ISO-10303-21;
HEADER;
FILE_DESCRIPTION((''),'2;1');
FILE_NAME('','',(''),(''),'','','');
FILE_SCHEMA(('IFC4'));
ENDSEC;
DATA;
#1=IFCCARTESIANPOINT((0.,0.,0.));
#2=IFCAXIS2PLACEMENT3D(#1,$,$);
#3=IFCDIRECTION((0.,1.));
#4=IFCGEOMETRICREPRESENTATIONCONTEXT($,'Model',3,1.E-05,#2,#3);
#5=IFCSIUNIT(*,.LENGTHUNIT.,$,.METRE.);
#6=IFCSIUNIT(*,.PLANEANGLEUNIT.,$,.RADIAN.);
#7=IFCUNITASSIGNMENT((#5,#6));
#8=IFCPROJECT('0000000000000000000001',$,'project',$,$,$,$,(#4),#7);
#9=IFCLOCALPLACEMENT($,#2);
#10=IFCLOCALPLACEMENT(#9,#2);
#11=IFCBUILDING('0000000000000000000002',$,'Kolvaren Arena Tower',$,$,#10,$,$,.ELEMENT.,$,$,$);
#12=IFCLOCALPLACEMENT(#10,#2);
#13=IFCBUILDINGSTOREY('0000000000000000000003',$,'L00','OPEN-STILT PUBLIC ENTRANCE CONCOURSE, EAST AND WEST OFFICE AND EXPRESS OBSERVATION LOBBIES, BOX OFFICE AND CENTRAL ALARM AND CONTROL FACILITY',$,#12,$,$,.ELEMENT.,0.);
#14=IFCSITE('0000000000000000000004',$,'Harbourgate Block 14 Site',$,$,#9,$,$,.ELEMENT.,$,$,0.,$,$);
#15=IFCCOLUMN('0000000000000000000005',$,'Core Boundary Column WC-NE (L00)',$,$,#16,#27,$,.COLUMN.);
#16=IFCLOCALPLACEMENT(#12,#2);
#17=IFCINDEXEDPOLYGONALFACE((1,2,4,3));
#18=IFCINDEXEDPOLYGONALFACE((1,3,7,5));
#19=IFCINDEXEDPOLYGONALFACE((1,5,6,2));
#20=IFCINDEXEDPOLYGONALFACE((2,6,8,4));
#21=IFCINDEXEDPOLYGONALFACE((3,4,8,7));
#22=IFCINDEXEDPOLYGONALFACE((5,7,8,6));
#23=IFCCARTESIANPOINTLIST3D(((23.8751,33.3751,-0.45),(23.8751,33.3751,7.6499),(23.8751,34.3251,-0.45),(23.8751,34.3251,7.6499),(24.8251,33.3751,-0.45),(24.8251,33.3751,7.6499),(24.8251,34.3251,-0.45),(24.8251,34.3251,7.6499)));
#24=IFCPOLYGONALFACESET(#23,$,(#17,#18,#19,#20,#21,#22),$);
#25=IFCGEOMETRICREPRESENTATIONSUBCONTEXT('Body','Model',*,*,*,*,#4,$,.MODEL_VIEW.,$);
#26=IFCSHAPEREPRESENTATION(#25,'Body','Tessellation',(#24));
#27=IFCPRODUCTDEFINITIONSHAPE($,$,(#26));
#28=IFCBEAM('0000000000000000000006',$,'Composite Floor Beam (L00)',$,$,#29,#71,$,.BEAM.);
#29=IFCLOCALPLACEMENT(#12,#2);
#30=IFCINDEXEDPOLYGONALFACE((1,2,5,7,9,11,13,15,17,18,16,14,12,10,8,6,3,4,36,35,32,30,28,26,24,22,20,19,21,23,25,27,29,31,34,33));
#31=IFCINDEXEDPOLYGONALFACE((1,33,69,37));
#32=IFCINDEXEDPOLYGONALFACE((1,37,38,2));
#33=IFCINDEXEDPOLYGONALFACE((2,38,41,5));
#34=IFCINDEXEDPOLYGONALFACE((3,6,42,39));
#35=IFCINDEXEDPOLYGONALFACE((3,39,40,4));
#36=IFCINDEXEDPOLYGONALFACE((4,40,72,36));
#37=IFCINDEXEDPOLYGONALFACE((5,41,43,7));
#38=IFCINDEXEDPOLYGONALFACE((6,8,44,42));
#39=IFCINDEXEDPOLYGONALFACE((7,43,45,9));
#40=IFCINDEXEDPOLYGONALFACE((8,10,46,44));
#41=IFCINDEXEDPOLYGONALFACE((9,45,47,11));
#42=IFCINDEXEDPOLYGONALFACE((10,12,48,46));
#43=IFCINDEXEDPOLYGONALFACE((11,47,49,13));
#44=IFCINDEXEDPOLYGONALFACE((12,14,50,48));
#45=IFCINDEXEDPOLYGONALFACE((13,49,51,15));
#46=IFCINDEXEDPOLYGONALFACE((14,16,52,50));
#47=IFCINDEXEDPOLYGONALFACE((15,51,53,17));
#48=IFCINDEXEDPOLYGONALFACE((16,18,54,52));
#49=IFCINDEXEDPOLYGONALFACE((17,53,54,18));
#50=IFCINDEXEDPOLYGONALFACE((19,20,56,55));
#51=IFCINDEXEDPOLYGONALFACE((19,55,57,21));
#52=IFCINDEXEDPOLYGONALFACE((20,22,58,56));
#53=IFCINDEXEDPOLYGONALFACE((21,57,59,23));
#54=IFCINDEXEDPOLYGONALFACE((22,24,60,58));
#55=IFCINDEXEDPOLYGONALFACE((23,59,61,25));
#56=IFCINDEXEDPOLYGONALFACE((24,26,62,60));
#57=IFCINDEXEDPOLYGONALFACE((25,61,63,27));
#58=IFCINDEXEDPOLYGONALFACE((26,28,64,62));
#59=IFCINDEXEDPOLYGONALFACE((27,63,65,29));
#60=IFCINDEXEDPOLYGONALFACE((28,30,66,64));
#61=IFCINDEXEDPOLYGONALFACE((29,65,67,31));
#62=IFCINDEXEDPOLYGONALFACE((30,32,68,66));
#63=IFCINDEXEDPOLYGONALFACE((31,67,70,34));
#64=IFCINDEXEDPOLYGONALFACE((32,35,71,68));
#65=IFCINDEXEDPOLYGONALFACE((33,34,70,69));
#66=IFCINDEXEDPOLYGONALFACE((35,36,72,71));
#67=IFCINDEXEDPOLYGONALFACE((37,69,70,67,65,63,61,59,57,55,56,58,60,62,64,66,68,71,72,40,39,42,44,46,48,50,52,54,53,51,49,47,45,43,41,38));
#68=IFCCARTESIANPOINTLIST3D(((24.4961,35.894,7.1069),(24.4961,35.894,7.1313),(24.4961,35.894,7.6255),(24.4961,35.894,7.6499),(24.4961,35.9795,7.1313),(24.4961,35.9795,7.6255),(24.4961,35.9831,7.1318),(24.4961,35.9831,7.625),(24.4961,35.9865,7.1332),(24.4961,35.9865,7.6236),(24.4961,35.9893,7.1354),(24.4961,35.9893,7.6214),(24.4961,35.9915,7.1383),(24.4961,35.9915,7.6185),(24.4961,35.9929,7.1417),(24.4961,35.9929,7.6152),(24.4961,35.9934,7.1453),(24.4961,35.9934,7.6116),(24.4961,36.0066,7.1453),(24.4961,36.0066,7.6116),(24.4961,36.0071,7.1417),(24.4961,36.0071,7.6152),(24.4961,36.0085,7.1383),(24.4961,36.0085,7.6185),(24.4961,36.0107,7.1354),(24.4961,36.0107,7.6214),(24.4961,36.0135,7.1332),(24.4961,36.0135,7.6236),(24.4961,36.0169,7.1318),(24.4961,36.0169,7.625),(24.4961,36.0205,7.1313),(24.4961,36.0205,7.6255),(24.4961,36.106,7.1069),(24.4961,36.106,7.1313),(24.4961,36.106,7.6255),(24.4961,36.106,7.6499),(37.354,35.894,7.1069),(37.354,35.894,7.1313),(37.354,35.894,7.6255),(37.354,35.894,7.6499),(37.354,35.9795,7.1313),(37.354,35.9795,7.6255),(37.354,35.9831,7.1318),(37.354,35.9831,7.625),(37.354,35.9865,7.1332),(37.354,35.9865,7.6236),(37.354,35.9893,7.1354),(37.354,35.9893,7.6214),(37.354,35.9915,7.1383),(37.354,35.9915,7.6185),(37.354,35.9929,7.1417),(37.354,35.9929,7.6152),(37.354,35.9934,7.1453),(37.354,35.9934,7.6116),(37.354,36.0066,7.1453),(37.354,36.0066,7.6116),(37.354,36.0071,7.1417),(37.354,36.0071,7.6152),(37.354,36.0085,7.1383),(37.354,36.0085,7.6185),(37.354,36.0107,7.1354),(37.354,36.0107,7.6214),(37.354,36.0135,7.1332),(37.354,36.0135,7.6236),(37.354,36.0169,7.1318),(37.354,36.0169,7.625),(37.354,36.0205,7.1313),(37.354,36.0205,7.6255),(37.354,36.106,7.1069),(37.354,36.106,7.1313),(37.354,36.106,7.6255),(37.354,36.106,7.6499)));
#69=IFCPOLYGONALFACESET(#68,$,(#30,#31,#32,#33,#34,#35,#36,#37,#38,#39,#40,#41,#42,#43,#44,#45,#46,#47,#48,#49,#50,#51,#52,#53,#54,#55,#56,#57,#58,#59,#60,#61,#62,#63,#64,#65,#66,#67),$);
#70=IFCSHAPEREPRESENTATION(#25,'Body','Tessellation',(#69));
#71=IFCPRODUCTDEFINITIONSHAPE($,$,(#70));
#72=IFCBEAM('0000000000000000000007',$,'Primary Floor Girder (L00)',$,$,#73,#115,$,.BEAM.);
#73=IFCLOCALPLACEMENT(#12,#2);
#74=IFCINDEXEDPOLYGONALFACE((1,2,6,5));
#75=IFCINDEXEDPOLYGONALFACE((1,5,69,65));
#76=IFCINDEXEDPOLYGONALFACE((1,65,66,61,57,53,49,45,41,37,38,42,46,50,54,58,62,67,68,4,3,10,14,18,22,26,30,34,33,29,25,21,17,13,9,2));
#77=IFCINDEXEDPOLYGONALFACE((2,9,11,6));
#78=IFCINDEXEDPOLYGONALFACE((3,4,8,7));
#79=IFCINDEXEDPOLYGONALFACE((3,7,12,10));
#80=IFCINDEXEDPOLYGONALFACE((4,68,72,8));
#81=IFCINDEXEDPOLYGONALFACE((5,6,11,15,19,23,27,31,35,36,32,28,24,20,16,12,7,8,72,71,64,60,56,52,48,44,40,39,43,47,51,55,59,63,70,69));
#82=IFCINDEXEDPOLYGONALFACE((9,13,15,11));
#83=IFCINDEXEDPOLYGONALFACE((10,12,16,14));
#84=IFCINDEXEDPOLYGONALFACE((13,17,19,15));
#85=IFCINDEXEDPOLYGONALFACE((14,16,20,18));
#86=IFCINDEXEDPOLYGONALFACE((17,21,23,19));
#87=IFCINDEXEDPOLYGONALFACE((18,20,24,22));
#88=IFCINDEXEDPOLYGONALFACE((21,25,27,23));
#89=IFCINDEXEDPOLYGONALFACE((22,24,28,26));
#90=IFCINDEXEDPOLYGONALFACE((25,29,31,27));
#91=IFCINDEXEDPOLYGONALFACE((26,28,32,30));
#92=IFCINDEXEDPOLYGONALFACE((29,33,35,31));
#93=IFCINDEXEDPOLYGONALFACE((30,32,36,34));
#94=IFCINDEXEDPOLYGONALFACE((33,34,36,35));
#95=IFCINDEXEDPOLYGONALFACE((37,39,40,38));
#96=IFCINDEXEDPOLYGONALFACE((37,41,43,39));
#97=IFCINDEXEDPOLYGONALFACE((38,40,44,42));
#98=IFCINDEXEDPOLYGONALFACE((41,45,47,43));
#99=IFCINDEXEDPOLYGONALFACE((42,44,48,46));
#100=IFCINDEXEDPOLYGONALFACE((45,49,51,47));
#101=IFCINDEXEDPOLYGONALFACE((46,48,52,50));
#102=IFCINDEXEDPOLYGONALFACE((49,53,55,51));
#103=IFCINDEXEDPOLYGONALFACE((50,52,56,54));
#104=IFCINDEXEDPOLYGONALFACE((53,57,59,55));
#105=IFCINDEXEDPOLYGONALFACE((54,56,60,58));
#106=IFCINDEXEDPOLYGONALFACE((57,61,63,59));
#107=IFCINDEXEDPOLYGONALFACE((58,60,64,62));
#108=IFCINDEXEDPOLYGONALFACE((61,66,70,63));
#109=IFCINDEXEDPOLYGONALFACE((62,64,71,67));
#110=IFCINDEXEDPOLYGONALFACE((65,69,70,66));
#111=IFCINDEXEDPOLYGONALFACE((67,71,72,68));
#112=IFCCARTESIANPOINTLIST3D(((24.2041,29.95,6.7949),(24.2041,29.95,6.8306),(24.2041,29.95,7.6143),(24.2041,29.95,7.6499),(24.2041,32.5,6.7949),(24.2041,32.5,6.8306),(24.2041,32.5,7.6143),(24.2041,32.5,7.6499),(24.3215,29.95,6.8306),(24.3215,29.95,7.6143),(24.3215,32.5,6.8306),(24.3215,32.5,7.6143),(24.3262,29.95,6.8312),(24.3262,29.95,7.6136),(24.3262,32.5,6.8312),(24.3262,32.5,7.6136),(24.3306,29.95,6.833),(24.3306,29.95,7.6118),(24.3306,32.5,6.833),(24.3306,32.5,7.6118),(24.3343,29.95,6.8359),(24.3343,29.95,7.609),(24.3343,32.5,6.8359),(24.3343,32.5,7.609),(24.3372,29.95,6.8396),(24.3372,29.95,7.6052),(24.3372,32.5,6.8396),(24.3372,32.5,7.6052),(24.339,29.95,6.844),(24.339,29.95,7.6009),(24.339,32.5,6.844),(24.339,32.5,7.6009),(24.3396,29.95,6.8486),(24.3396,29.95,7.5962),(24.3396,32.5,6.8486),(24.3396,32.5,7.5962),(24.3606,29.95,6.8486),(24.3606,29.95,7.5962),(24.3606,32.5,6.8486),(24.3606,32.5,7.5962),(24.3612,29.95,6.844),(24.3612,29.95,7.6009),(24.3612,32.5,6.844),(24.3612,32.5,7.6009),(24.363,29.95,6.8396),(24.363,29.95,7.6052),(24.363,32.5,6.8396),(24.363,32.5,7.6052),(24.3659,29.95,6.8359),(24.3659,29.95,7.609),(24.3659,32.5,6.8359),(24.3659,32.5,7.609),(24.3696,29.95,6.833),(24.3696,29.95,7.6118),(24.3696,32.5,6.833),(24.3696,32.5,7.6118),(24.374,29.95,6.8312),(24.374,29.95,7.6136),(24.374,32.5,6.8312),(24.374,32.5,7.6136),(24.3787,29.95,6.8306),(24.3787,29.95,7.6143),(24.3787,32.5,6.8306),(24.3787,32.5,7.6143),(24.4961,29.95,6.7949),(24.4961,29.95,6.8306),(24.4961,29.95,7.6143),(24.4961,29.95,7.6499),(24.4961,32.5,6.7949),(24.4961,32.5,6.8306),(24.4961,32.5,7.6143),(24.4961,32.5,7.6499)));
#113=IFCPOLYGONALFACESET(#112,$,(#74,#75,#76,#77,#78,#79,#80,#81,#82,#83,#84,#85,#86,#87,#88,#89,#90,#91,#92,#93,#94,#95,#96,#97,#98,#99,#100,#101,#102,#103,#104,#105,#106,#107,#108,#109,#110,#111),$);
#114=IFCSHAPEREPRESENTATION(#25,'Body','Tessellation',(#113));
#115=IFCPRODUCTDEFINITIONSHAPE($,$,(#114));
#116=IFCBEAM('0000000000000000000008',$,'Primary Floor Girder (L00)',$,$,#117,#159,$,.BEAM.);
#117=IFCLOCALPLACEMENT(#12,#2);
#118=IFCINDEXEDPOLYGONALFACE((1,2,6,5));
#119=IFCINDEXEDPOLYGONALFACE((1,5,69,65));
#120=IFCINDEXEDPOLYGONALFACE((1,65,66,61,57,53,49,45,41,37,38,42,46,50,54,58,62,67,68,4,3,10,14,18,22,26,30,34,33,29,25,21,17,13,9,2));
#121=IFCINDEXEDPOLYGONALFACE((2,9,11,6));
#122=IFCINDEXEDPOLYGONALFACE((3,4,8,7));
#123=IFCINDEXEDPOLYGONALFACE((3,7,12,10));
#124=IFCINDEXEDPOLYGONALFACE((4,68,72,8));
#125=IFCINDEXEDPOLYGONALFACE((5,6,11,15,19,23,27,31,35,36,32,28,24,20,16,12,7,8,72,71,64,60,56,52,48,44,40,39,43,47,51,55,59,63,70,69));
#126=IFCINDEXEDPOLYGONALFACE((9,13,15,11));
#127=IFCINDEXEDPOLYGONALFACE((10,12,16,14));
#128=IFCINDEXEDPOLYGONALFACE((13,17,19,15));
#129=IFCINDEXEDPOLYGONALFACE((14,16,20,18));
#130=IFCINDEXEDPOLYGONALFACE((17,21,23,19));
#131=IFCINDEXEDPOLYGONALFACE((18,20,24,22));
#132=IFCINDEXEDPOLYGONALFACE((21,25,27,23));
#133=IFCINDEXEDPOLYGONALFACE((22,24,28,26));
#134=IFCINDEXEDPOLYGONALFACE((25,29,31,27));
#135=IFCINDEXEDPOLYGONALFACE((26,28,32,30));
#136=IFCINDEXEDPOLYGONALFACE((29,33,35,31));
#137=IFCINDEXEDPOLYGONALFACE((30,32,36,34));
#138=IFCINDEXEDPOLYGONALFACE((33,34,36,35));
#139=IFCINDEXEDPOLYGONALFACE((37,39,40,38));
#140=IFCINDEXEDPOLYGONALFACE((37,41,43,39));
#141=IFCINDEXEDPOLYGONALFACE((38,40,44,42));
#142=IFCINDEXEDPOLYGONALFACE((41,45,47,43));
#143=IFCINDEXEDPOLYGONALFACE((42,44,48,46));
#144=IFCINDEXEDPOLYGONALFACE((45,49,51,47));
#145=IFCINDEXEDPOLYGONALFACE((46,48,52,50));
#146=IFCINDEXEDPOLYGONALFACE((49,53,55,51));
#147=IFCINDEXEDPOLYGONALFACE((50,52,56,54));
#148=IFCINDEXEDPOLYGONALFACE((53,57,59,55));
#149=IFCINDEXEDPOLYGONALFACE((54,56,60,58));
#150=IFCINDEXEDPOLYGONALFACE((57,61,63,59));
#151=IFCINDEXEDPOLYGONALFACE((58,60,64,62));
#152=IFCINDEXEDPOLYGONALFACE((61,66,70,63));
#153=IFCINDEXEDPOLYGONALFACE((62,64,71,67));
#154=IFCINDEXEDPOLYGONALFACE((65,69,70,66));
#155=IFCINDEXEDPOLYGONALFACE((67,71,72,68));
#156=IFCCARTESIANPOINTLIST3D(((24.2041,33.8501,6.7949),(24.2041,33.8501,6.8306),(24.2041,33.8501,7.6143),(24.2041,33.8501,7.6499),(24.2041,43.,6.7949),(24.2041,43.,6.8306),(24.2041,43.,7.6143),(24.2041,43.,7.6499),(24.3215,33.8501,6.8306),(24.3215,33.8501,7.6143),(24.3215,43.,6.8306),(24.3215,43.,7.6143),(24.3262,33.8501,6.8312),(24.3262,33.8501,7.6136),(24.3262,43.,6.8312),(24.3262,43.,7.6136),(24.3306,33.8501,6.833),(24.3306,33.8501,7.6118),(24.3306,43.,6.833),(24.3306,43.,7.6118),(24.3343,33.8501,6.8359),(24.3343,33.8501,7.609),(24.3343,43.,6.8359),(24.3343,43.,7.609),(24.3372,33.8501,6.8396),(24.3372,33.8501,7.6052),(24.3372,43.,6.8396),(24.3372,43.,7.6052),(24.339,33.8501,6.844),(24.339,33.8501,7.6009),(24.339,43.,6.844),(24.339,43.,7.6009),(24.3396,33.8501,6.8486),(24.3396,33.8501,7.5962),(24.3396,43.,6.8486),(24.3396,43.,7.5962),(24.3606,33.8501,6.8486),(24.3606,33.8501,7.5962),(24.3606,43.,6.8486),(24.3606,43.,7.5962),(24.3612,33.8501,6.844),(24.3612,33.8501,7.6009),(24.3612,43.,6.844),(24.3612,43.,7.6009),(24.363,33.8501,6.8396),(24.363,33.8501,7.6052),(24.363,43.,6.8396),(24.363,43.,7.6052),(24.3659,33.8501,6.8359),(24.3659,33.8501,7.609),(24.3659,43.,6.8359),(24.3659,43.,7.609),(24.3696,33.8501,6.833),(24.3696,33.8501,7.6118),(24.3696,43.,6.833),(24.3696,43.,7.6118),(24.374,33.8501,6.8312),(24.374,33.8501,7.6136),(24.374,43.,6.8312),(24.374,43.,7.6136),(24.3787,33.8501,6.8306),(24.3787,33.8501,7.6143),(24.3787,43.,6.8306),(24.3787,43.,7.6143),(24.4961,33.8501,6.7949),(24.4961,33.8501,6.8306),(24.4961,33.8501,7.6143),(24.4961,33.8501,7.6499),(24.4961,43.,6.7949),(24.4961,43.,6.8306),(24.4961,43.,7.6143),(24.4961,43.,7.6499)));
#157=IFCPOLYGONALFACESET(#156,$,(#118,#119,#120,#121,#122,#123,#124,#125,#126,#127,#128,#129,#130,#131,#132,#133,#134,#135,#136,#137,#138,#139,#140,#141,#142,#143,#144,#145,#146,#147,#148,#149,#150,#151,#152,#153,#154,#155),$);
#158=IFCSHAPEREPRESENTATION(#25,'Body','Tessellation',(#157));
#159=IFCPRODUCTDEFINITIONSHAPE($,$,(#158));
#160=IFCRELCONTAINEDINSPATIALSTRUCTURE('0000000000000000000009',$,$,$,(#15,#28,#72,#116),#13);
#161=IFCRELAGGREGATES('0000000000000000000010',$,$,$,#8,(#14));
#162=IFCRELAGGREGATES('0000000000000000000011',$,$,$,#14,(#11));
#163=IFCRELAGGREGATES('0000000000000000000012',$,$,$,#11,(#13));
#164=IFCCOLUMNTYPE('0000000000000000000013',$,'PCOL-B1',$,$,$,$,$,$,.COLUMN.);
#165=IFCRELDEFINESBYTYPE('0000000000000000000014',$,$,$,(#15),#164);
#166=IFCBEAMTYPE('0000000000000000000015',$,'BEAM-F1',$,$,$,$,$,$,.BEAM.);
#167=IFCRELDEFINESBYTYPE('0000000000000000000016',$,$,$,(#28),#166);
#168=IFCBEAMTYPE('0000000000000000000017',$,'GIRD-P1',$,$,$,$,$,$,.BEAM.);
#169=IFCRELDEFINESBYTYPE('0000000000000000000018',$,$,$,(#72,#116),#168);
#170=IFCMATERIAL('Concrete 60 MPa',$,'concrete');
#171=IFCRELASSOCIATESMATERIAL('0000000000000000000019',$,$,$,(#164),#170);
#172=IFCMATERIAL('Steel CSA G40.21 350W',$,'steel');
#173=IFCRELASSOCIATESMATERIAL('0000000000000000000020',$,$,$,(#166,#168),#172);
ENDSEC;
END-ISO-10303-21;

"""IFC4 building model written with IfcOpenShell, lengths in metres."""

from ifc_helpers import new_model, si_unit, direction, frame, origin, origin_2d, place, context, subcontext, project, spatial, rectangle, i_section, extrude, material, material_profile, profile_set, type_object, element, save


model = new_model("IFC4")

# Units and contexts
model_context = context("Model", 3, precision=1e-05, world=origin(), true_north=direction((0.0, 1.0)))
body_context = subcontext(model_context, "Body", "Model", "MODEL_VIEW")
ifc_project = project(units=[si_unit("LENGTHUNIT", "METRE"), si_unit("PLANEANGLEUNIT", "RADIAN")], contexts=[model_context])

# Site, building, storey
site_placement = place(None, origin())
site = spatial("IfcSite", under=ifc_project, at=site_placement, Name="Harbourgate Block 14 Site", CompositionType="ELEMENT", RefElevation=0.0)
building_placement = place(site_placement, origin())
building = spatial("IfcBuilding", under=site, at=building_placement, Name="Kolvaren Arena Tower", CompositionType="ELEMENT")
storey_placement = place(building_placement, origin())
storey = spatial("IfcBuildingStorey", under=building, at=storey_placement, Name="L00", Description="OPEN-STILT PUBLIC ENTRANCE CONCOURSE, EAST AND WEST OFFICE AND EXPRESS OBSERVATION LOBBIES, BOX OFFICE AND CENTRAL ALARM AND CONTROL FACILITY", CompositionType="ELEMENT", Elevation=0.0)

# Column
ifc_material_1 = material(Name="Concrete 60 MPa", Category="concrete")
ifc_material_profile_1 = material_profile(ifc_material_1, rectangle(XDim=0.95, YDim=0.95, at=origin_2d()), Name="RC-950x950")
ifc_profile_set_1 = profile_set([ifc_material_profile_1], Name="Concrete 60 MPa")
column_type = type_object("IfcColumnType", Name="PCOL-B1", PredefinedType="COLUMN", material=ifc_profile_set_1)
column_placement = place(storey_placement, frame((24.3501, 33.8501, -0.45), z_axis=(0.0, 0.0, 1.0), x_axis=(1.0, 0.0, 0.0)))
element("IfcColumn", 1, at=column_placement, inside=storey, type_object=column_type, Name="Core Boundary Column WC-NE (L00)", PredefinedType="COLUMN", context=body_context, shape_type="SweptSolid", body=[
    extrude(rectangle(XDim=0.95, YDim=0.95, at=origin_2d()), origin(), (0.0, 0.0, 1.0), 8.0999),
])

# Beams
ifc_material_2 = material(Name="Steel CSA G40.21 350W", Category="steel")
ifc_material_profile_2 = material_profile(ifc_material_2, i_section(OverallWidth=0.2119, OverallDepth=0.543, WebThickness=0.0132, FlangeThickness=0.0244, FilletRadius=0.0139, at=origin_2d()), Name="W530x150")
ifc_profile_set_2 = profile_set([ifc_material_profile_2], Name="Steel CSA G40.21 350W")
beam_type_1 = type_object("IfcBeamType", Name="BEAM-F1", PredefinedType="BEAM", material=ifc_profile_set_2)
beam_1_placement = place(storey_placement, frame((24.4961, 36.0, 7.3784), z_axis=(1.0, 0.0, 0.0), x_axis=(0.0, 1.0, 0.0)))
element("IfcBeam", 2, at=beam_1_placement, inside=storey, type_object=beam_type_1, Name="Composite Floor Beam (L00)", PredefinedType="BEAM", context=body_context, shape_type="SweptSolid", body=[
    extrude(i_section(OverallWidth=0.2119, OverallDepth=0.543, WebThickness=0.0132, FlangeThickness=0.0244, FilletRadius=0.0139, at=origin_2d()), origin(), (0.0, 0.0, 1.0), 12.8579),
])
ifc_material_profile_3 = material_profile(ifc_material_2, i_section(OverallWidth=0.292, OverallDepth=0.855, WebThickness=0.021, FlangeThickness=0.0356, FilletRadius=0.0181, at=origin_2d()), Name="W840x299")
ifc_profile_set_3 = profile_set([ifc_material_profile_3], Name="Steel CSA G40.21 350W")
beam_type_2 = type_object("IfcBeamType", Name="GIRD-P1", PredefinedType="BEAM", material=ifc_profile_set_3)
beam_2_placement = place(storey_placement, frame((24.3501, 29.95, 7.2224), z_axis=(0.0, 1.0, 0.0), x_axis=(-1.0, 0.0, 0.0)))
element("IfcBeam", 3, at=beam_2_placement, inside=storey, type_object=beam_type_2, Name="Primary Floor Girder (L00)", PredefinedType="BEAM", context=body_context, shape_type="SweptSolid", body=[
    extrude(i_section(OverallWidth=0.292, OverallDepth=0.855, WebThickness=0.021, FlangeThickness=0.0356, FilletRadius=0.0181, at=origin_2d()), origin(), (0.0, 0.0, 1.0), 2.55),
])
beam_3_placement = place(storey_placement, frame((24.3501, 33.8501, 7.2224), z_axis=(0.0, 1.0, 0.0), x_axis=(-1.0, 0.0, 0.0)))
element("IfcBeam", 4, at=beam_3_placement, inside=storey, type_object=beam_type_2, Name="Primary Floor Girder (L00)", PredefinedType="BEAM", context=body_context, shape_type="SweptSolid", body=[
    extrude(i_section(OverallWidth=0.292, OverallDepth=0.855, WebThickness=0.021, FlangeThickness=0.0356, FilletRadius=0.0181, at=origin_2d()), origin(), (0.0, 0.0, 1.0), 9.1499),
])

save(model, "model.ifc")
